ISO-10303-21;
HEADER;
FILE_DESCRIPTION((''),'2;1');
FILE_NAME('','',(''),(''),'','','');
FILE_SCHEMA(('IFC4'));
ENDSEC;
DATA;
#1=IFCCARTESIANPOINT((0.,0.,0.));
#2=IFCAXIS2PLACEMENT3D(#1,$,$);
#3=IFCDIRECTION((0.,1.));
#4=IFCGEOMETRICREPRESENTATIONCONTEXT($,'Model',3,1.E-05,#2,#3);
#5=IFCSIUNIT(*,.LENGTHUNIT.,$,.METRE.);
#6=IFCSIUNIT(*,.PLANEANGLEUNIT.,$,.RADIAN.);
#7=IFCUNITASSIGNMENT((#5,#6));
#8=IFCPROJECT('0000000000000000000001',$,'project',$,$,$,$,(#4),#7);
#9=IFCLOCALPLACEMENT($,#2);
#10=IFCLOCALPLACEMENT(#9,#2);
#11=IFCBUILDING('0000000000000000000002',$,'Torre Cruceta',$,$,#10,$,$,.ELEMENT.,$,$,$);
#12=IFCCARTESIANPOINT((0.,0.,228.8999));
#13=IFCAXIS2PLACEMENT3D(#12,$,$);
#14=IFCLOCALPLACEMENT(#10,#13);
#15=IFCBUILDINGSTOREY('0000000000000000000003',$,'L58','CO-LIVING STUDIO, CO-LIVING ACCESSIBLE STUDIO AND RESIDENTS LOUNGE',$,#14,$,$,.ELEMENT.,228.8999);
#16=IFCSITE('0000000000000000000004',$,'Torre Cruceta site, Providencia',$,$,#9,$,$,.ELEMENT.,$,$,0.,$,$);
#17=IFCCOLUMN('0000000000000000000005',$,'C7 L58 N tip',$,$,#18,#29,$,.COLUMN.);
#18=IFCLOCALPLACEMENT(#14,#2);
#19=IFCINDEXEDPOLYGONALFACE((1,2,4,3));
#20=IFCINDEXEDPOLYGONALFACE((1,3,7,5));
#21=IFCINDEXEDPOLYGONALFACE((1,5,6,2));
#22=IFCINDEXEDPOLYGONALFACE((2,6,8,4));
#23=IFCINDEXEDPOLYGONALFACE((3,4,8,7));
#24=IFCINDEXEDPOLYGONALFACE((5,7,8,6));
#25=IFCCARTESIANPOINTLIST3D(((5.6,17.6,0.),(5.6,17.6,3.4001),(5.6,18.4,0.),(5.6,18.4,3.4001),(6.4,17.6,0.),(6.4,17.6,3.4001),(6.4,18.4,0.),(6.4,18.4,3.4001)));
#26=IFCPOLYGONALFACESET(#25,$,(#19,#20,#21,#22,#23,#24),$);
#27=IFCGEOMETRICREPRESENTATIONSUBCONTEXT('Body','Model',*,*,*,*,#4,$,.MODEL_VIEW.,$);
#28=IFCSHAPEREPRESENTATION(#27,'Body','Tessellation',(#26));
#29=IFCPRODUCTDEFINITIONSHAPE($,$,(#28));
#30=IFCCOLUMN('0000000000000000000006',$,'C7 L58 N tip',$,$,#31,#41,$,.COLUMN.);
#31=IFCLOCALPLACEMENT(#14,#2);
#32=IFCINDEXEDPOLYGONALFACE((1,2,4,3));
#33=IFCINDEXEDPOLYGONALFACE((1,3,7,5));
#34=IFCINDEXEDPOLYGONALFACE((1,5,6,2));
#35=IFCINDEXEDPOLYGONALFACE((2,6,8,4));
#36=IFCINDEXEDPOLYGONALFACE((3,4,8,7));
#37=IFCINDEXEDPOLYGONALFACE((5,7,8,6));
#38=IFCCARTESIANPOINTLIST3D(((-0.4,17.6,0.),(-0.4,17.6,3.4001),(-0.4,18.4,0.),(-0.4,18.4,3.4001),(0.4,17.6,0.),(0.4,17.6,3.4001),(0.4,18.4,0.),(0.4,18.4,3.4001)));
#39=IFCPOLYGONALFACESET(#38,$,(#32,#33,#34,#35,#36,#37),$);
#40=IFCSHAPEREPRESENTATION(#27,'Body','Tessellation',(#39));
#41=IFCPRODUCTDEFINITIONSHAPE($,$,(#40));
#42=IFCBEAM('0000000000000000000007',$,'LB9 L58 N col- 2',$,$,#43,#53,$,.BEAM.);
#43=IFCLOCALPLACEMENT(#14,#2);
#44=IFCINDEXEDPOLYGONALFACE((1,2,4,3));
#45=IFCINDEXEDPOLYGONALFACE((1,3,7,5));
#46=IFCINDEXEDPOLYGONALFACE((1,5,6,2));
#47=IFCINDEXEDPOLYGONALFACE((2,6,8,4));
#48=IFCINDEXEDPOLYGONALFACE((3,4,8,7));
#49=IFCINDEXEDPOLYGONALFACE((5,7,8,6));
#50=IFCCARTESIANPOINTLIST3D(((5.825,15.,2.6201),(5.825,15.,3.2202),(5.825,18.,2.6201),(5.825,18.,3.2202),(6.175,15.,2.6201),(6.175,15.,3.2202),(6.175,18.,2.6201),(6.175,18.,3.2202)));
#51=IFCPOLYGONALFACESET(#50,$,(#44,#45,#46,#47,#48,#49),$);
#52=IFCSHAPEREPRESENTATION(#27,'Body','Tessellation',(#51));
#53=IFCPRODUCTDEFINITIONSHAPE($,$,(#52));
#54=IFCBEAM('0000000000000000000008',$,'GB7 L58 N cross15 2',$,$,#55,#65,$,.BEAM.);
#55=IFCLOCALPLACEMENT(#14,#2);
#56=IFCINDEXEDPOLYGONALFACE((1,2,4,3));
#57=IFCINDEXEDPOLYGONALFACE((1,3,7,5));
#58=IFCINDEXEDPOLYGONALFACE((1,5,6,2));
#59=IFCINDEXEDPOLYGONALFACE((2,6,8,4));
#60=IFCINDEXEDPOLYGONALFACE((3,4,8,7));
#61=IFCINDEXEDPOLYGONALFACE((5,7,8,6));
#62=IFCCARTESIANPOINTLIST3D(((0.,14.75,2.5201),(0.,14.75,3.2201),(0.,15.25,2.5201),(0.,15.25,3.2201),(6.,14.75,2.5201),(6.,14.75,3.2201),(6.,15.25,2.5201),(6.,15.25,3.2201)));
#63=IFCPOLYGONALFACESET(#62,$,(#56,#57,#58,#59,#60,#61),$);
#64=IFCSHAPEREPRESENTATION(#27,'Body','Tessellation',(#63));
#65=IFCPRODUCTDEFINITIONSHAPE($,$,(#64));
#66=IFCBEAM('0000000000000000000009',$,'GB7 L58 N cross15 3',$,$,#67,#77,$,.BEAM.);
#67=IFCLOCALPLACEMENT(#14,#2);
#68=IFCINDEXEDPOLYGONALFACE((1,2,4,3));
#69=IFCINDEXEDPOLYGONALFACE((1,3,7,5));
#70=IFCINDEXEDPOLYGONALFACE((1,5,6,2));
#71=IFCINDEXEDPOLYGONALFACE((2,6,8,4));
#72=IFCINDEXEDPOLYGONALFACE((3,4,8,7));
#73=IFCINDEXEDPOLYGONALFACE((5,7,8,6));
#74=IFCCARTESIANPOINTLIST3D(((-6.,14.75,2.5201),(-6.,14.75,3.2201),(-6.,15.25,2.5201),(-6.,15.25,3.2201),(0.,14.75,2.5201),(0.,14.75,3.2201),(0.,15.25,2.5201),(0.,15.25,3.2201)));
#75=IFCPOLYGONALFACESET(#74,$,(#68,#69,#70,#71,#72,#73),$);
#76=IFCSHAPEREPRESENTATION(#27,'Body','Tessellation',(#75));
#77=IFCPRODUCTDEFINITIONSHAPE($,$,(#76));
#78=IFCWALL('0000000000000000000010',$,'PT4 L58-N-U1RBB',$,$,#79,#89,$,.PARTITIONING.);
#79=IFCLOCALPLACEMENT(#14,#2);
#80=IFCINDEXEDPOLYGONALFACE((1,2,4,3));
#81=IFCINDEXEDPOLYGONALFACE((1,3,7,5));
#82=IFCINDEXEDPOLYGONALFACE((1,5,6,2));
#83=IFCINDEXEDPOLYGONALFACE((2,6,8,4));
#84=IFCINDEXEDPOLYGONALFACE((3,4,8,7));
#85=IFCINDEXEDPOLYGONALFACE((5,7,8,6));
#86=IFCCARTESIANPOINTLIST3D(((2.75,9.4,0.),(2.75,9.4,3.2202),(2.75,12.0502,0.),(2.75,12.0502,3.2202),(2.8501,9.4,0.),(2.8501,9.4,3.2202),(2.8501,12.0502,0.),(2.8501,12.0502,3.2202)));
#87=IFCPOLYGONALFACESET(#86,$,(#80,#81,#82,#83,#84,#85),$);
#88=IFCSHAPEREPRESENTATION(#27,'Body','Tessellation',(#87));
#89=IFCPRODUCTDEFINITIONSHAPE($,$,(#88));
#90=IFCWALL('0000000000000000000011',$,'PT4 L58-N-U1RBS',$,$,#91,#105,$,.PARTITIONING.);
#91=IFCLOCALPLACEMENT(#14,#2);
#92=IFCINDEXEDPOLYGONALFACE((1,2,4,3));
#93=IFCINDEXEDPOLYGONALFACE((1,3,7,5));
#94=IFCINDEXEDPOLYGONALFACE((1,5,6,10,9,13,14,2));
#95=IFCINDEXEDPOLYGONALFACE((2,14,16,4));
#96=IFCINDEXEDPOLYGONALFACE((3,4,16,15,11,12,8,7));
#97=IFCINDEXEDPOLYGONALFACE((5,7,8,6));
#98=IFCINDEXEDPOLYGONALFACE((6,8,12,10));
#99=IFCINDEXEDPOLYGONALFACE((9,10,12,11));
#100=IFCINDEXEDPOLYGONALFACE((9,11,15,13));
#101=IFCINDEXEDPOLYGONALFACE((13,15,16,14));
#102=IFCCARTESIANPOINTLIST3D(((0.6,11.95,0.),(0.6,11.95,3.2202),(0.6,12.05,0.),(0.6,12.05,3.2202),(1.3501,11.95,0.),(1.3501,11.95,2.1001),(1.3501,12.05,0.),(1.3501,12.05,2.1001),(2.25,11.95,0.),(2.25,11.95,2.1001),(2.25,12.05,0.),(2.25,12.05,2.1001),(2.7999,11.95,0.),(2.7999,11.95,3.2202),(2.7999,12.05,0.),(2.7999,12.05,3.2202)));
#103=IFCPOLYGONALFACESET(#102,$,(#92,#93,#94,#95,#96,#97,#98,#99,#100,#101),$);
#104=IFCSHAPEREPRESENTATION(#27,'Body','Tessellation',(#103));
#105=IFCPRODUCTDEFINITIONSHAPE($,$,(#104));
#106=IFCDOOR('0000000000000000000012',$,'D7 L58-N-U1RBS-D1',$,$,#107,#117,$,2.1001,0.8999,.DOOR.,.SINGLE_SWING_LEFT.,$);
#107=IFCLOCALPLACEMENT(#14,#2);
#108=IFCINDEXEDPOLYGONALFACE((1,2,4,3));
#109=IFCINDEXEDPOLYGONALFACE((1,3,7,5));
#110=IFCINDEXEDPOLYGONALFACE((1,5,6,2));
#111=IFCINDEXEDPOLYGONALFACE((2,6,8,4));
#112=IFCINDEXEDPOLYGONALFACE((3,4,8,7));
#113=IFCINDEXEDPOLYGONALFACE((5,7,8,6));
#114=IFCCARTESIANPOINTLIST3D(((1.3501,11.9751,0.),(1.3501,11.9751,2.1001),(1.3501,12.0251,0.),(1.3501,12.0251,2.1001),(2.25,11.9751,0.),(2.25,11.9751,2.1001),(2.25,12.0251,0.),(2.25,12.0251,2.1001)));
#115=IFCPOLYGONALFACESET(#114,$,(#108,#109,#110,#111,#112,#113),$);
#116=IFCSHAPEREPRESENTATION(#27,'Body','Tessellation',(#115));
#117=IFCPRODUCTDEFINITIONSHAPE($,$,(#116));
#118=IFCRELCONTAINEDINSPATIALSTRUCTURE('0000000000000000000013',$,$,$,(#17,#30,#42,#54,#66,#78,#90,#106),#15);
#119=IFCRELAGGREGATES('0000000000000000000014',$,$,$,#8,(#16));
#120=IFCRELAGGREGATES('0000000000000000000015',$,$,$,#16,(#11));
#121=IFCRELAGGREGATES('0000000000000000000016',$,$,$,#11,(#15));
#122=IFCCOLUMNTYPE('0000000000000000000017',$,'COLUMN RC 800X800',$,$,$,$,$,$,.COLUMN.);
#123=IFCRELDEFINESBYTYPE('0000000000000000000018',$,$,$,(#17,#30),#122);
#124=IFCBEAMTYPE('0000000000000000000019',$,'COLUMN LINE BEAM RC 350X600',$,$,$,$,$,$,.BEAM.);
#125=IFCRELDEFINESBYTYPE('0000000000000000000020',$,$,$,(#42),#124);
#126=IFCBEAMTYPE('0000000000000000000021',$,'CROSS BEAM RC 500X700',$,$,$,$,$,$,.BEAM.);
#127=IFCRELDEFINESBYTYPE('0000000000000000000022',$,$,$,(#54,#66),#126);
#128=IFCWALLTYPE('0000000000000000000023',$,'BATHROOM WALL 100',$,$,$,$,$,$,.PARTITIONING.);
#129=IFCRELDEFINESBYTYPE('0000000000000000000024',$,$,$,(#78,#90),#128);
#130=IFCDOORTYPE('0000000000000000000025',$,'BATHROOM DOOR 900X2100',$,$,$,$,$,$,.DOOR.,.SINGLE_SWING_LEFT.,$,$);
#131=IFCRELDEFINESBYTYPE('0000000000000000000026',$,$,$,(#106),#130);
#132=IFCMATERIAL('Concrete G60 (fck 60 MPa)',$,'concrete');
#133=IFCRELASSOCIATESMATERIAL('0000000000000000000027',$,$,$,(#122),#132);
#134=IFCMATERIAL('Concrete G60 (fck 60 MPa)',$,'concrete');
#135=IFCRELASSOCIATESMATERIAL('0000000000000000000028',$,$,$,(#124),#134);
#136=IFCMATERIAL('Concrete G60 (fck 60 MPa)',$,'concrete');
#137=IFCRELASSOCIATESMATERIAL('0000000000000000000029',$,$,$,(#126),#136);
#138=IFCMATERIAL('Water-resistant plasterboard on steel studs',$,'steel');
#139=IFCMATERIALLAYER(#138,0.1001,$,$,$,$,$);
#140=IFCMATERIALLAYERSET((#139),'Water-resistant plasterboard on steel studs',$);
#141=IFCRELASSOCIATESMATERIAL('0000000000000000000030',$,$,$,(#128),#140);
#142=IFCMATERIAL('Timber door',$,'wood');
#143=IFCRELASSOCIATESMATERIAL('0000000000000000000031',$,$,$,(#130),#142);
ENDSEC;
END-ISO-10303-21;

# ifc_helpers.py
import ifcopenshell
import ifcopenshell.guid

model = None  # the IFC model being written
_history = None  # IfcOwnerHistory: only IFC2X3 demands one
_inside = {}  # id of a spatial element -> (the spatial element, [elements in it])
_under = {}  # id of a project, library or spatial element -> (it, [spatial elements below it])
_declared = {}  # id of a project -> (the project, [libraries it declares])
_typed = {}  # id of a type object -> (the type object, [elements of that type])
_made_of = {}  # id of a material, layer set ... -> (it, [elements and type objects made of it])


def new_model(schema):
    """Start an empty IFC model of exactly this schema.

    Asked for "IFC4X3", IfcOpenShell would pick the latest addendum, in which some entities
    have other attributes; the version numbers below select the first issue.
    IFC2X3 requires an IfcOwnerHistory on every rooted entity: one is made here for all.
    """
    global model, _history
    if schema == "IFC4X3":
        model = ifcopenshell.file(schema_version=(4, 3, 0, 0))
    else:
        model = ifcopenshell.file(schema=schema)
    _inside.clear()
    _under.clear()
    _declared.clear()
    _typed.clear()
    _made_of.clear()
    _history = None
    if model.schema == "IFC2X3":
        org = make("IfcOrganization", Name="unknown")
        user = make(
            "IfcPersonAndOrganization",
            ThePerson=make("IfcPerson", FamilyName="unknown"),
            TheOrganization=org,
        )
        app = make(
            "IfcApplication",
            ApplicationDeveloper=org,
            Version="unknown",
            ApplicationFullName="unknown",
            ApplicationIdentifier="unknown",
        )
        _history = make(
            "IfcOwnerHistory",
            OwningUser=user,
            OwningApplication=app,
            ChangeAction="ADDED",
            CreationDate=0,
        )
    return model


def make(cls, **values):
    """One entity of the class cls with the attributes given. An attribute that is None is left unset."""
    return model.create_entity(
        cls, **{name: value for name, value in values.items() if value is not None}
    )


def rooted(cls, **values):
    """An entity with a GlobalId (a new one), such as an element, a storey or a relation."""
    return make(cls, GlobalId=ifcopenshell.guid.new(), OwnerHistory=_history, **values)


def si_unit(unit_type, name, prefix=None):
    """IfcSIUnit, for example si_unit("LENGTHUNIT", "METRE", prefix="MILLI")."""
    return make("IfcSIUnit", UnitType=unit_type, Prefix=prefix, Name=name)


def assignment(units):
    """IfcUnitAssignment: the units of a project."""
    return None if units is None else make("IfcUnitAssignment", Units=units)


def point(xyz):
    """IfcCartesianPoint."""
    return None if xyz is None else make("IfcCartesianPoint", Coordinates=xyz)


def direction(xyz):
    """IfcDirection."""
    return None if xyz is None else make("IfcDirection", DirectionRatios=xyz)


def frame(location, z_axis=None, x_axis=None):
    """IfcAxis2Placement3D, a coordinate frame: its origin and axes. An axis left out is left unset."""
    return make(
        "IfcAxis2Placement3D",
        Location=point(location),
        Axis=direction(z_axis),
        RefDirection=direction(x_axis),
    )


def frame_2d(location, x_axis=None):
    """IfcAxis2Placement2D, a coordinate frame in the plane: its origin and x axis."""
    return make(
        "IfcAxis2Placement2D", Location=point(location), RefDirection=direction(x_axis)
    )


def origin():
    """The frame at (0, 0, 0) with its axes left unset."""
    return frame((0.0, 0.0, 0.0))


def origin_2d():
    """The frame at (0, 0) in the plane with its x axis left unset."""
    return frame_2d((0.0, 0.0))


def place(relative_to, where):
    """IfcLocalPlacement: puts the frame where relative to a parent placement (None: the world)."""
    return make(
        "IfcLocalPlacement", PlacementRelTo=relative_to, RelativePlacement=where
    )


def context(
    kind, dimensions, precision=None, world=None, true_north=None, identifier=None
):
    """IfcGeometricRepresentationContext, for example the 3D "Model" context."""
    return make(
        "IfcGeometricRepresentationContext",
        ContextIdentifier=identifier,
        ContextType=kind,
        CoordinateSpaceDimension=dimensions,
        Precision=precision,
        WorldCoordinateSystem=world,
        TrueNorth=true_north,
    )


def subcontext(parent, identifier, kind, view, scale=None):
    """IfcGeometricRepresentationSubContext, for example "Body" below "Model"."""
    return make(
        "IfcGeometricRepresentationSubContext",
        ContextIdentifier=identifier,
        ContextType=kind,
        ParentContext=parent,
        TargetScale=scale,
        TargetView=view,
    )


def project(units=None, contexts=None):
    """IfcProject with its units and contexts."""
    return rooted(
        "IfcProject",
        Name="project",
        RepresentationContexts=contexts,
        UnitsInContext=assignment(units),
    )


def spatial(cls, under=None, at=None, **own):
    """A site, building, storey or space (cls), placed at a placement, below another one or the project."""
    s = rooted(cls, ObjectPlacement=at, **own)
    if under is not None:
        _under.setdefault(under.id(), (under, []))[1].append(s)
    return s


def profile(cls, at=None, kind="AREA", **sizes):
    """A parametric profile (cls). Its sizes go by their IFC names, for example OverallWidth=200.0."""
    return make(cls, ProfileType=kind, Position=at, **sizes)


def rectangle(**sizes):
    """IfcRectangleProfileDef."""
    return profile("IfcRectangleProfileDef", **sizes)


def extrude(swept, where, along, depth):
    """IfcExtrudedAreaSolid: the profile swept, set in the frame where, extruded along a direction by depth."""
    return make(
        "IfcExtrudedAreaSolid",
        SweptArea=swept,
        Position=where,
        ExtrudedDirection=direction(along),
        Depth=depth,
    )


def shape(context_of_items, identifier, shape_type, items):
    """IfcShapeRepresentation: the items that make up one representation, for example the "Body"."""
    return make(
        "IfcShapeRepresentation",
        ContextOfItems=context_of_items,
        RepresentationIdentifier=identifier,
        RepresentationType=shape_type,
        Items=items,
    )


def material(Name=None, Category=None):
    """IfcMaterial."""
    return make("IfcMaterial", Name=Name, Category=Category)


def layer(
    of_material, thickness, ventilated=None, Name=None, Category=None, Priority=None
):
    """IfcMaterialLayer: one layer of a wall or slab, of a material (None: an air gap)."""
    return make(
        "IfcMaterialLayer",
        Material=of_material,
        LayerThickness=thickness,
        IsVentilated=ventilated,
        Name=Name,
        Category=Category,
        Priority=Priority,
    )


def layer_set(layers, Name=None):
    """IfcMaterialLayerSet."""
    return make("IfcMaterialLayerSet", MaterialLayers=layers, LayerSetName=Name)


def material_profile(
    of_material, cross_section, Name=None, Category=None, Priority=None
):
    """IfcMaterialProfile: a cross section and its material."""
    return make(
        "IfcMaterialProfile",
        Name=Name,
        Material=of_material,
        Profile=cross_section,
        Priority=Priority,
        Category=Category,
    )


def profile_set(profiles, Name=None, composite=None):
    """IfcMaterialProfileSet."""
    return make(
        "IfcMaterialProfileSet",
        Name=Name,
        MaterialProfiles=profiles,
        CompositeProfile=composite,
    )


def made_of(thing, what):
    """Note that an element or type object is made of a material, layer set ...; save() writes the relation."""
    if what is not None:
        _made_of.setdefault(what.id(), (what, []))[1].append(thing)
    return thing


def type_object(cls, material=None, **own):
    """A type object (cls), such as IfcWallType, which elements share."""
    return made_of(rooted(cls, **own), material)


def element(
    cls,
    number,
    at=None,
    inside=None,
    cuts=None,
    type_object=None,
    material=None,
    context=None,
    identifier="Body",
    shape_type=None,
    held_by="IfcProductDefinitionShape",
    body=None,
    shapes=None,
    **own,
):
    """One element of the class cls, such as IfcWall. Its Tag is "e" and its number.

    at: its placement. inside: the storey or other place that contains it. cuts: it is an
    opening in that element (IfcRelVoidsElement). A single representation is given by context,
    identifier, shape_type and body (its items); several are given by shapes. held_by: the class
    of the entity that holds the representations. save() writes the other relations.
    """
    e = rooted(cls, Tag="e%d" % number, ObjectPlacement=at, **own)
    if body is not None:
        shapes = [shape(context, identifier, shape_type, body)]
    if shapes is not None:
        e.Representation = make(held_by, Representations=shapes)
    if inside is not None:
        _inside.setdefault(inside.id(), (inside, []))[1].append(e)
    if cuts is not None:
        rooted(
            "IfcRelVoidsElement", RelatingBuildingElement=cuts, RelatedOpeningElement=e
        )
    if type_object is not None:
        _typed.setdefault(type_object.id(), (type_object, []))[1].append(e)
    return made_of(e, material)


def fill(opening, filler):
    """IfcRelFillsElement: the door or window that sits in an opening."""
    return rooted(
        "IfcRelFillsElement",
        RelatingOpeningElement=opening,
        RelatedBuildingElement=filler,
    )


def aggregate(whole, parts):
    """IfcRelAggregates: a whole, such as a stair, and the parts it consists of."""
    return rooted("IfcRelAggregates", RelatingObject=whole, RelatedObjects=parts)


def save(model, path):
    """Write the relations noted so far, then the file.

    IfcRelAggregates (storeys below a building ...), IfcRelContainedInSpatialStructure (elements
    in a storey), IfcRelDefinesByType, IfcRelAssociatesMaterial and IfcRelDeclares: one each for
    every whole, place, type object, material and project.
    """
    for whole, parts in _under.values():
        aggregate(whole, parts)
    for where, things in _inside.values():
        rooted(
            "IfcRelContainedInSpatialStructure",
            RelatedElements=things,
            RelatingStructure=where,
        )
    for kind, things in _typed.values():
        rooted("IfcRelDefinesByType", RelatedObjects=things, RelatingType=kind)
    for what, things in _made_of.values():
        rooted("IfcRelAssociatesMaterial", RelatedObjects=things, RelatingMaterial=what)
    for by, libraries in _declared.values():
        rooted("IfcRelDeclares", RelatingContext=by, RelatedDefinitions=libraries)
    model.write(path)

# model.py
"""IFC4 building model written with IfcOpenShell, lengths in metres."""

from ifc_helpers import new_model, si_unit, direction, frame, frame_2d, origin, origin_2d, place, context, subcontext, project, spatial, rectangle, extrude, material, layer, layer_set, material_profile, profile_set, type_object, element, fill, save


model = new_model("IFC4")

# Units and contexts
model_context = context("Model", 3, precision=1e-05, world=origin(), true_north=direction((0.0, 1.0)))
body_context = subcontext(model_context, "Body", "Model", "MODEL_VIEW")
ifc_project = project(units=[si_unit("LENGTHUNIT", "METRE"), si_unit("PLANEANGLEUNIT", "RADIAN")], contexts=[model_context])

# Site, building, storey
site_placement = place(None, origin())
site = spatial("IfcSite", under=ifc_project, at=site_placement, Name="Torre Cruceta site, Providencia", CompositionType="ELEMENT", RefElevation=0.0)
building_placement = place(site_placement, origin())
building = spatial("IfcBuilding", under=site, at=building_placement, Name="Torre Cruceta", CompositionType="ELEMENT")
storey_placement = place(building_placement, frame((0.0, 0.0, 228.8999)))
storey = spatial("IfcBuildingStorey", under=building, at=storey_placement, Name="L58", Description="CO-LIVING STUDIO, CO-LIVING ACCESSIBLE STUDIO AND RESIDENTS LOUNGE", CompositionType="ELEMENT", Elevation=228.8999)

# Columns
ifc_material_1 = material(Name="Concrete G60 (fck 60 MPa)", Category="concrete")
ifc_material_profile_1 = material_profile(ifc_material_1, rectangle(XDim=0.8, YDim=0.8, at=origin_2d()), Name="RC 800X800")
ifc_profile_set_1 = profile_set([ifc_material_profile_1], Name="Concrete G60 (fck 60 MPa)")
column_type = type_object("IfcColumnType", Name="COLUMN RC 800X800", PredefinedType="COLUMN", material=ifc_profile_set_1)
for number, where, z_axis, x_axis, name in (
    (1, (6.0, 18.0, 0.0), (0.0, 0.0, 1.0), (1.0, 0.0, 0.0), "C7 L58 N tip"),
    (2, (0.0, 18.0, 0.0), (0.0, 0.0, 1.0), (1.0, 0.0, 0.0), "C7 L58 N tip"),
):
    element("IfcColumn", number, at=place(storey_placement, frame(where, z_axis=z_axis, x_axis=x_axis)), inside=storey, type_object=column_type, Name=name, PredefinedType="COLUMN", context=body_context, shape_type="SweptSolid", body=[
        extrude(rectangle(XDim=0.8, YDim=0.8, at=origin_2d()), origin(), (0.0, 0.0, 1.0), 3.4001),
    ])

# Beams
ifc_material_2 = material(Name="Concrete G60 (fck 60 MPa)", Category="concrete")
ifc_material_profile_2 = material_profile(ifc_material_2, rectangle(XDim=0.3501, YDim=0.6001, at=origin_2d()), Name="RC 350X600")
ifc_profile_set_2 = profile_set([ifc_material_profile_2], Name="Concrete G60 (fck 60 MPa)")
beam_type_1 = type_object("IfcBeamType", Name="COLUMN LINE BEAM RC 350X600", PredefinedType="BEAM", material=ifc_profile_set_2)
beam_placement = place(storey_placement, frame((6.0, 15.0, 2.9202), z_axis=(0.0, 1.0, 0.0), x_axis=(-1.0, 0.0, 0.0)))
element("IfcBeam", 3, at=beam_placement, inside=storey, type_object=beam_type_1, Name="LB9 L58 N col- 2", PredefinedType="BEAM", context=body_context, shape_type="SweptSolid", body=[
    extrude(rectangle(XDim=0.3501, YDim=0.6001, at=origin_2d()), origin(), (0.0, 0.0, 1.0), 3.0),
])
ifc_material_3 = material(Name="Concrete G60 (fck 60 MPa)", Category="concrete")
ifc_material_profile_3 = material_profile(ifc_material_3, rectangle(XDim=0.5, YDim=0.7, at=origin_2d()), Name="RC 500X700")
ifc_profile_set_3 = profile_set([ifc_material_profile_3], Name="Concrete G60 (fck 60 MPa)")
beam_type_2 = type_object("IfcBeamType", Name="CROSS BEAM RC 500X700", PredefinedType="BEAM", material=ifc_profile_set_3)
for number, where, z_axis, x_axis, name in (
    (4, (6.0, 15.0, 2.8701), (-1.0, 0.0, 0.0), (0.0, -1.0, 0.0), "GB7 L58 N cross15 2"),
    (5, (0.0, 15.0, 2.8701), (-1.0, 0.0, 0.0), (0.0, -1.0, 0.0), "GB7 L58 N cross15 3"),
):
    element("IfcBeam", number, at=place(storey_placement, frame(where, z_axis=z_axis, x_axis=x_axis)), inside=storey, type_object=beam_type_2, Name=name, PredefinedType="BEAM", context=body_context, shape_type="SweptSolid", body=[
        extrude(rectangle(XDim=0.5, YDim=0.7, at=origin_2d()), origin(), (0.0, 0.0, 1.0), 6.0),
    ])

# Wall
ifc_material_4 = material(Name="Water-resistant plasterboard on steel studs", Category="steel")
ifc_layer_1 = layer(ifc_material_4, 0.1001)
ifc_layer_set_1 = layer_set([ifc_layer_1], Name="Water-resistant plasterboard on steel studs")
wall_type_1 = type_object("IfcWallType", Name="BATHROOM WALL 100", PredefinedType="PARTITIONING", material=ifc_layer_set_1)
wall_1_placement = place(storey_placement, frame((2.8, 9.3999, 0.0), z_axis=(0.0, 0.0, 1.0), x_axis=(0.0, 1.0, 0.0)))
element("IfcWall", 6, at=wall_1_placement, inside=storey, type_object=wall_type_1, Name="PT4 L58-N-U1RBB", PredefinedType="PARTITIONING", context=body_context, shape_type="SweptSolid", body=[
    extrude(rectangle(XDim=2.6501, YDim=0.1001, at=frame_2d((1.3252, 0.0))), origin(), (0.0, 0.0, 1.0), 3.2202),
])

# Wall, opening, door
wall_2_placement = place(storey_placement, frame((2.8, 12.0, 0.0), z_axis=(0.0, 0.0, 1.0), x_axis=(-1.0, 0.0, 0.0)))
wall_2 = element("IfcWall", 7, at=wall_2_placement, inside=storey, type_object=wall_type_1, Name="PT4 L58-N-U1RBS", PredefinedType="PARTITIONING", context=body_context, shape_type="SweptSolid", body=[
    extrude(rectangle(XDim=2.2, YDim=0.1001, at=frame_2d((1.1001, 0.0))), origin(), (0.0, 0.0, 1.0), 3.2202),
])
opening_1_placement = place(wall_2_placement, frame((0.55, 0.0, 0.0)))
opening_1 = element("IfcOpeningElement", 8, at=opening_1_placement, cuts=wall_2, PredefinedType="OPENING", context=body_context, shape_type="SweptSolid", body=[
    extrude(rectangle(XDim=0.8999, YDim=2.1001, at=frame_2d((0.45, 1.05))), frame((0.0, 0.0601, 0.0), z_axis=(0.0, -1.0, 0.0), x_axis=(1.0, 0.0, 0.0)), (0.0, 0.0, 1.0), 0.1201),
])
ifc_material_5 = material(Name="Timber door", Category="wood")
door_type_1 = type_object("IfcDoorType", Name="BATHROOM DOOR 900X2100", OperationType="SINGLE_SWING_LEFT", PredefinedType="DOOR", material=ifc_material_5)
door_1_placement = place(opening_1_placement, origin())
door_1 = element("IfcDoor", 9, at=door_1_placement, inside=storey, type_object=door_type_1, Name="D7 L58-N-U1RBS-D1", OperationType="SINGLE_SWING_LEFT", OverallHeight=2.1001, OverallWidth=0.8999, PredefinedType="DOOR", context=body_context, shape_type="SweptSolid", body=[
    extrude(rectangle(XDim=0.8999, YDim=2.1001, at=frame_2d((0.45, 1.05))), frame((0.0, 0.0249, 0.0), z_axis=(0.0, -1.0, 0.0), x_axis=(1.0, 0.0, 0.0)), (0.0, 0.0, 1.0), 0.05),
])
fill(opening_1, door_1)

save(model, "model.ifc")
